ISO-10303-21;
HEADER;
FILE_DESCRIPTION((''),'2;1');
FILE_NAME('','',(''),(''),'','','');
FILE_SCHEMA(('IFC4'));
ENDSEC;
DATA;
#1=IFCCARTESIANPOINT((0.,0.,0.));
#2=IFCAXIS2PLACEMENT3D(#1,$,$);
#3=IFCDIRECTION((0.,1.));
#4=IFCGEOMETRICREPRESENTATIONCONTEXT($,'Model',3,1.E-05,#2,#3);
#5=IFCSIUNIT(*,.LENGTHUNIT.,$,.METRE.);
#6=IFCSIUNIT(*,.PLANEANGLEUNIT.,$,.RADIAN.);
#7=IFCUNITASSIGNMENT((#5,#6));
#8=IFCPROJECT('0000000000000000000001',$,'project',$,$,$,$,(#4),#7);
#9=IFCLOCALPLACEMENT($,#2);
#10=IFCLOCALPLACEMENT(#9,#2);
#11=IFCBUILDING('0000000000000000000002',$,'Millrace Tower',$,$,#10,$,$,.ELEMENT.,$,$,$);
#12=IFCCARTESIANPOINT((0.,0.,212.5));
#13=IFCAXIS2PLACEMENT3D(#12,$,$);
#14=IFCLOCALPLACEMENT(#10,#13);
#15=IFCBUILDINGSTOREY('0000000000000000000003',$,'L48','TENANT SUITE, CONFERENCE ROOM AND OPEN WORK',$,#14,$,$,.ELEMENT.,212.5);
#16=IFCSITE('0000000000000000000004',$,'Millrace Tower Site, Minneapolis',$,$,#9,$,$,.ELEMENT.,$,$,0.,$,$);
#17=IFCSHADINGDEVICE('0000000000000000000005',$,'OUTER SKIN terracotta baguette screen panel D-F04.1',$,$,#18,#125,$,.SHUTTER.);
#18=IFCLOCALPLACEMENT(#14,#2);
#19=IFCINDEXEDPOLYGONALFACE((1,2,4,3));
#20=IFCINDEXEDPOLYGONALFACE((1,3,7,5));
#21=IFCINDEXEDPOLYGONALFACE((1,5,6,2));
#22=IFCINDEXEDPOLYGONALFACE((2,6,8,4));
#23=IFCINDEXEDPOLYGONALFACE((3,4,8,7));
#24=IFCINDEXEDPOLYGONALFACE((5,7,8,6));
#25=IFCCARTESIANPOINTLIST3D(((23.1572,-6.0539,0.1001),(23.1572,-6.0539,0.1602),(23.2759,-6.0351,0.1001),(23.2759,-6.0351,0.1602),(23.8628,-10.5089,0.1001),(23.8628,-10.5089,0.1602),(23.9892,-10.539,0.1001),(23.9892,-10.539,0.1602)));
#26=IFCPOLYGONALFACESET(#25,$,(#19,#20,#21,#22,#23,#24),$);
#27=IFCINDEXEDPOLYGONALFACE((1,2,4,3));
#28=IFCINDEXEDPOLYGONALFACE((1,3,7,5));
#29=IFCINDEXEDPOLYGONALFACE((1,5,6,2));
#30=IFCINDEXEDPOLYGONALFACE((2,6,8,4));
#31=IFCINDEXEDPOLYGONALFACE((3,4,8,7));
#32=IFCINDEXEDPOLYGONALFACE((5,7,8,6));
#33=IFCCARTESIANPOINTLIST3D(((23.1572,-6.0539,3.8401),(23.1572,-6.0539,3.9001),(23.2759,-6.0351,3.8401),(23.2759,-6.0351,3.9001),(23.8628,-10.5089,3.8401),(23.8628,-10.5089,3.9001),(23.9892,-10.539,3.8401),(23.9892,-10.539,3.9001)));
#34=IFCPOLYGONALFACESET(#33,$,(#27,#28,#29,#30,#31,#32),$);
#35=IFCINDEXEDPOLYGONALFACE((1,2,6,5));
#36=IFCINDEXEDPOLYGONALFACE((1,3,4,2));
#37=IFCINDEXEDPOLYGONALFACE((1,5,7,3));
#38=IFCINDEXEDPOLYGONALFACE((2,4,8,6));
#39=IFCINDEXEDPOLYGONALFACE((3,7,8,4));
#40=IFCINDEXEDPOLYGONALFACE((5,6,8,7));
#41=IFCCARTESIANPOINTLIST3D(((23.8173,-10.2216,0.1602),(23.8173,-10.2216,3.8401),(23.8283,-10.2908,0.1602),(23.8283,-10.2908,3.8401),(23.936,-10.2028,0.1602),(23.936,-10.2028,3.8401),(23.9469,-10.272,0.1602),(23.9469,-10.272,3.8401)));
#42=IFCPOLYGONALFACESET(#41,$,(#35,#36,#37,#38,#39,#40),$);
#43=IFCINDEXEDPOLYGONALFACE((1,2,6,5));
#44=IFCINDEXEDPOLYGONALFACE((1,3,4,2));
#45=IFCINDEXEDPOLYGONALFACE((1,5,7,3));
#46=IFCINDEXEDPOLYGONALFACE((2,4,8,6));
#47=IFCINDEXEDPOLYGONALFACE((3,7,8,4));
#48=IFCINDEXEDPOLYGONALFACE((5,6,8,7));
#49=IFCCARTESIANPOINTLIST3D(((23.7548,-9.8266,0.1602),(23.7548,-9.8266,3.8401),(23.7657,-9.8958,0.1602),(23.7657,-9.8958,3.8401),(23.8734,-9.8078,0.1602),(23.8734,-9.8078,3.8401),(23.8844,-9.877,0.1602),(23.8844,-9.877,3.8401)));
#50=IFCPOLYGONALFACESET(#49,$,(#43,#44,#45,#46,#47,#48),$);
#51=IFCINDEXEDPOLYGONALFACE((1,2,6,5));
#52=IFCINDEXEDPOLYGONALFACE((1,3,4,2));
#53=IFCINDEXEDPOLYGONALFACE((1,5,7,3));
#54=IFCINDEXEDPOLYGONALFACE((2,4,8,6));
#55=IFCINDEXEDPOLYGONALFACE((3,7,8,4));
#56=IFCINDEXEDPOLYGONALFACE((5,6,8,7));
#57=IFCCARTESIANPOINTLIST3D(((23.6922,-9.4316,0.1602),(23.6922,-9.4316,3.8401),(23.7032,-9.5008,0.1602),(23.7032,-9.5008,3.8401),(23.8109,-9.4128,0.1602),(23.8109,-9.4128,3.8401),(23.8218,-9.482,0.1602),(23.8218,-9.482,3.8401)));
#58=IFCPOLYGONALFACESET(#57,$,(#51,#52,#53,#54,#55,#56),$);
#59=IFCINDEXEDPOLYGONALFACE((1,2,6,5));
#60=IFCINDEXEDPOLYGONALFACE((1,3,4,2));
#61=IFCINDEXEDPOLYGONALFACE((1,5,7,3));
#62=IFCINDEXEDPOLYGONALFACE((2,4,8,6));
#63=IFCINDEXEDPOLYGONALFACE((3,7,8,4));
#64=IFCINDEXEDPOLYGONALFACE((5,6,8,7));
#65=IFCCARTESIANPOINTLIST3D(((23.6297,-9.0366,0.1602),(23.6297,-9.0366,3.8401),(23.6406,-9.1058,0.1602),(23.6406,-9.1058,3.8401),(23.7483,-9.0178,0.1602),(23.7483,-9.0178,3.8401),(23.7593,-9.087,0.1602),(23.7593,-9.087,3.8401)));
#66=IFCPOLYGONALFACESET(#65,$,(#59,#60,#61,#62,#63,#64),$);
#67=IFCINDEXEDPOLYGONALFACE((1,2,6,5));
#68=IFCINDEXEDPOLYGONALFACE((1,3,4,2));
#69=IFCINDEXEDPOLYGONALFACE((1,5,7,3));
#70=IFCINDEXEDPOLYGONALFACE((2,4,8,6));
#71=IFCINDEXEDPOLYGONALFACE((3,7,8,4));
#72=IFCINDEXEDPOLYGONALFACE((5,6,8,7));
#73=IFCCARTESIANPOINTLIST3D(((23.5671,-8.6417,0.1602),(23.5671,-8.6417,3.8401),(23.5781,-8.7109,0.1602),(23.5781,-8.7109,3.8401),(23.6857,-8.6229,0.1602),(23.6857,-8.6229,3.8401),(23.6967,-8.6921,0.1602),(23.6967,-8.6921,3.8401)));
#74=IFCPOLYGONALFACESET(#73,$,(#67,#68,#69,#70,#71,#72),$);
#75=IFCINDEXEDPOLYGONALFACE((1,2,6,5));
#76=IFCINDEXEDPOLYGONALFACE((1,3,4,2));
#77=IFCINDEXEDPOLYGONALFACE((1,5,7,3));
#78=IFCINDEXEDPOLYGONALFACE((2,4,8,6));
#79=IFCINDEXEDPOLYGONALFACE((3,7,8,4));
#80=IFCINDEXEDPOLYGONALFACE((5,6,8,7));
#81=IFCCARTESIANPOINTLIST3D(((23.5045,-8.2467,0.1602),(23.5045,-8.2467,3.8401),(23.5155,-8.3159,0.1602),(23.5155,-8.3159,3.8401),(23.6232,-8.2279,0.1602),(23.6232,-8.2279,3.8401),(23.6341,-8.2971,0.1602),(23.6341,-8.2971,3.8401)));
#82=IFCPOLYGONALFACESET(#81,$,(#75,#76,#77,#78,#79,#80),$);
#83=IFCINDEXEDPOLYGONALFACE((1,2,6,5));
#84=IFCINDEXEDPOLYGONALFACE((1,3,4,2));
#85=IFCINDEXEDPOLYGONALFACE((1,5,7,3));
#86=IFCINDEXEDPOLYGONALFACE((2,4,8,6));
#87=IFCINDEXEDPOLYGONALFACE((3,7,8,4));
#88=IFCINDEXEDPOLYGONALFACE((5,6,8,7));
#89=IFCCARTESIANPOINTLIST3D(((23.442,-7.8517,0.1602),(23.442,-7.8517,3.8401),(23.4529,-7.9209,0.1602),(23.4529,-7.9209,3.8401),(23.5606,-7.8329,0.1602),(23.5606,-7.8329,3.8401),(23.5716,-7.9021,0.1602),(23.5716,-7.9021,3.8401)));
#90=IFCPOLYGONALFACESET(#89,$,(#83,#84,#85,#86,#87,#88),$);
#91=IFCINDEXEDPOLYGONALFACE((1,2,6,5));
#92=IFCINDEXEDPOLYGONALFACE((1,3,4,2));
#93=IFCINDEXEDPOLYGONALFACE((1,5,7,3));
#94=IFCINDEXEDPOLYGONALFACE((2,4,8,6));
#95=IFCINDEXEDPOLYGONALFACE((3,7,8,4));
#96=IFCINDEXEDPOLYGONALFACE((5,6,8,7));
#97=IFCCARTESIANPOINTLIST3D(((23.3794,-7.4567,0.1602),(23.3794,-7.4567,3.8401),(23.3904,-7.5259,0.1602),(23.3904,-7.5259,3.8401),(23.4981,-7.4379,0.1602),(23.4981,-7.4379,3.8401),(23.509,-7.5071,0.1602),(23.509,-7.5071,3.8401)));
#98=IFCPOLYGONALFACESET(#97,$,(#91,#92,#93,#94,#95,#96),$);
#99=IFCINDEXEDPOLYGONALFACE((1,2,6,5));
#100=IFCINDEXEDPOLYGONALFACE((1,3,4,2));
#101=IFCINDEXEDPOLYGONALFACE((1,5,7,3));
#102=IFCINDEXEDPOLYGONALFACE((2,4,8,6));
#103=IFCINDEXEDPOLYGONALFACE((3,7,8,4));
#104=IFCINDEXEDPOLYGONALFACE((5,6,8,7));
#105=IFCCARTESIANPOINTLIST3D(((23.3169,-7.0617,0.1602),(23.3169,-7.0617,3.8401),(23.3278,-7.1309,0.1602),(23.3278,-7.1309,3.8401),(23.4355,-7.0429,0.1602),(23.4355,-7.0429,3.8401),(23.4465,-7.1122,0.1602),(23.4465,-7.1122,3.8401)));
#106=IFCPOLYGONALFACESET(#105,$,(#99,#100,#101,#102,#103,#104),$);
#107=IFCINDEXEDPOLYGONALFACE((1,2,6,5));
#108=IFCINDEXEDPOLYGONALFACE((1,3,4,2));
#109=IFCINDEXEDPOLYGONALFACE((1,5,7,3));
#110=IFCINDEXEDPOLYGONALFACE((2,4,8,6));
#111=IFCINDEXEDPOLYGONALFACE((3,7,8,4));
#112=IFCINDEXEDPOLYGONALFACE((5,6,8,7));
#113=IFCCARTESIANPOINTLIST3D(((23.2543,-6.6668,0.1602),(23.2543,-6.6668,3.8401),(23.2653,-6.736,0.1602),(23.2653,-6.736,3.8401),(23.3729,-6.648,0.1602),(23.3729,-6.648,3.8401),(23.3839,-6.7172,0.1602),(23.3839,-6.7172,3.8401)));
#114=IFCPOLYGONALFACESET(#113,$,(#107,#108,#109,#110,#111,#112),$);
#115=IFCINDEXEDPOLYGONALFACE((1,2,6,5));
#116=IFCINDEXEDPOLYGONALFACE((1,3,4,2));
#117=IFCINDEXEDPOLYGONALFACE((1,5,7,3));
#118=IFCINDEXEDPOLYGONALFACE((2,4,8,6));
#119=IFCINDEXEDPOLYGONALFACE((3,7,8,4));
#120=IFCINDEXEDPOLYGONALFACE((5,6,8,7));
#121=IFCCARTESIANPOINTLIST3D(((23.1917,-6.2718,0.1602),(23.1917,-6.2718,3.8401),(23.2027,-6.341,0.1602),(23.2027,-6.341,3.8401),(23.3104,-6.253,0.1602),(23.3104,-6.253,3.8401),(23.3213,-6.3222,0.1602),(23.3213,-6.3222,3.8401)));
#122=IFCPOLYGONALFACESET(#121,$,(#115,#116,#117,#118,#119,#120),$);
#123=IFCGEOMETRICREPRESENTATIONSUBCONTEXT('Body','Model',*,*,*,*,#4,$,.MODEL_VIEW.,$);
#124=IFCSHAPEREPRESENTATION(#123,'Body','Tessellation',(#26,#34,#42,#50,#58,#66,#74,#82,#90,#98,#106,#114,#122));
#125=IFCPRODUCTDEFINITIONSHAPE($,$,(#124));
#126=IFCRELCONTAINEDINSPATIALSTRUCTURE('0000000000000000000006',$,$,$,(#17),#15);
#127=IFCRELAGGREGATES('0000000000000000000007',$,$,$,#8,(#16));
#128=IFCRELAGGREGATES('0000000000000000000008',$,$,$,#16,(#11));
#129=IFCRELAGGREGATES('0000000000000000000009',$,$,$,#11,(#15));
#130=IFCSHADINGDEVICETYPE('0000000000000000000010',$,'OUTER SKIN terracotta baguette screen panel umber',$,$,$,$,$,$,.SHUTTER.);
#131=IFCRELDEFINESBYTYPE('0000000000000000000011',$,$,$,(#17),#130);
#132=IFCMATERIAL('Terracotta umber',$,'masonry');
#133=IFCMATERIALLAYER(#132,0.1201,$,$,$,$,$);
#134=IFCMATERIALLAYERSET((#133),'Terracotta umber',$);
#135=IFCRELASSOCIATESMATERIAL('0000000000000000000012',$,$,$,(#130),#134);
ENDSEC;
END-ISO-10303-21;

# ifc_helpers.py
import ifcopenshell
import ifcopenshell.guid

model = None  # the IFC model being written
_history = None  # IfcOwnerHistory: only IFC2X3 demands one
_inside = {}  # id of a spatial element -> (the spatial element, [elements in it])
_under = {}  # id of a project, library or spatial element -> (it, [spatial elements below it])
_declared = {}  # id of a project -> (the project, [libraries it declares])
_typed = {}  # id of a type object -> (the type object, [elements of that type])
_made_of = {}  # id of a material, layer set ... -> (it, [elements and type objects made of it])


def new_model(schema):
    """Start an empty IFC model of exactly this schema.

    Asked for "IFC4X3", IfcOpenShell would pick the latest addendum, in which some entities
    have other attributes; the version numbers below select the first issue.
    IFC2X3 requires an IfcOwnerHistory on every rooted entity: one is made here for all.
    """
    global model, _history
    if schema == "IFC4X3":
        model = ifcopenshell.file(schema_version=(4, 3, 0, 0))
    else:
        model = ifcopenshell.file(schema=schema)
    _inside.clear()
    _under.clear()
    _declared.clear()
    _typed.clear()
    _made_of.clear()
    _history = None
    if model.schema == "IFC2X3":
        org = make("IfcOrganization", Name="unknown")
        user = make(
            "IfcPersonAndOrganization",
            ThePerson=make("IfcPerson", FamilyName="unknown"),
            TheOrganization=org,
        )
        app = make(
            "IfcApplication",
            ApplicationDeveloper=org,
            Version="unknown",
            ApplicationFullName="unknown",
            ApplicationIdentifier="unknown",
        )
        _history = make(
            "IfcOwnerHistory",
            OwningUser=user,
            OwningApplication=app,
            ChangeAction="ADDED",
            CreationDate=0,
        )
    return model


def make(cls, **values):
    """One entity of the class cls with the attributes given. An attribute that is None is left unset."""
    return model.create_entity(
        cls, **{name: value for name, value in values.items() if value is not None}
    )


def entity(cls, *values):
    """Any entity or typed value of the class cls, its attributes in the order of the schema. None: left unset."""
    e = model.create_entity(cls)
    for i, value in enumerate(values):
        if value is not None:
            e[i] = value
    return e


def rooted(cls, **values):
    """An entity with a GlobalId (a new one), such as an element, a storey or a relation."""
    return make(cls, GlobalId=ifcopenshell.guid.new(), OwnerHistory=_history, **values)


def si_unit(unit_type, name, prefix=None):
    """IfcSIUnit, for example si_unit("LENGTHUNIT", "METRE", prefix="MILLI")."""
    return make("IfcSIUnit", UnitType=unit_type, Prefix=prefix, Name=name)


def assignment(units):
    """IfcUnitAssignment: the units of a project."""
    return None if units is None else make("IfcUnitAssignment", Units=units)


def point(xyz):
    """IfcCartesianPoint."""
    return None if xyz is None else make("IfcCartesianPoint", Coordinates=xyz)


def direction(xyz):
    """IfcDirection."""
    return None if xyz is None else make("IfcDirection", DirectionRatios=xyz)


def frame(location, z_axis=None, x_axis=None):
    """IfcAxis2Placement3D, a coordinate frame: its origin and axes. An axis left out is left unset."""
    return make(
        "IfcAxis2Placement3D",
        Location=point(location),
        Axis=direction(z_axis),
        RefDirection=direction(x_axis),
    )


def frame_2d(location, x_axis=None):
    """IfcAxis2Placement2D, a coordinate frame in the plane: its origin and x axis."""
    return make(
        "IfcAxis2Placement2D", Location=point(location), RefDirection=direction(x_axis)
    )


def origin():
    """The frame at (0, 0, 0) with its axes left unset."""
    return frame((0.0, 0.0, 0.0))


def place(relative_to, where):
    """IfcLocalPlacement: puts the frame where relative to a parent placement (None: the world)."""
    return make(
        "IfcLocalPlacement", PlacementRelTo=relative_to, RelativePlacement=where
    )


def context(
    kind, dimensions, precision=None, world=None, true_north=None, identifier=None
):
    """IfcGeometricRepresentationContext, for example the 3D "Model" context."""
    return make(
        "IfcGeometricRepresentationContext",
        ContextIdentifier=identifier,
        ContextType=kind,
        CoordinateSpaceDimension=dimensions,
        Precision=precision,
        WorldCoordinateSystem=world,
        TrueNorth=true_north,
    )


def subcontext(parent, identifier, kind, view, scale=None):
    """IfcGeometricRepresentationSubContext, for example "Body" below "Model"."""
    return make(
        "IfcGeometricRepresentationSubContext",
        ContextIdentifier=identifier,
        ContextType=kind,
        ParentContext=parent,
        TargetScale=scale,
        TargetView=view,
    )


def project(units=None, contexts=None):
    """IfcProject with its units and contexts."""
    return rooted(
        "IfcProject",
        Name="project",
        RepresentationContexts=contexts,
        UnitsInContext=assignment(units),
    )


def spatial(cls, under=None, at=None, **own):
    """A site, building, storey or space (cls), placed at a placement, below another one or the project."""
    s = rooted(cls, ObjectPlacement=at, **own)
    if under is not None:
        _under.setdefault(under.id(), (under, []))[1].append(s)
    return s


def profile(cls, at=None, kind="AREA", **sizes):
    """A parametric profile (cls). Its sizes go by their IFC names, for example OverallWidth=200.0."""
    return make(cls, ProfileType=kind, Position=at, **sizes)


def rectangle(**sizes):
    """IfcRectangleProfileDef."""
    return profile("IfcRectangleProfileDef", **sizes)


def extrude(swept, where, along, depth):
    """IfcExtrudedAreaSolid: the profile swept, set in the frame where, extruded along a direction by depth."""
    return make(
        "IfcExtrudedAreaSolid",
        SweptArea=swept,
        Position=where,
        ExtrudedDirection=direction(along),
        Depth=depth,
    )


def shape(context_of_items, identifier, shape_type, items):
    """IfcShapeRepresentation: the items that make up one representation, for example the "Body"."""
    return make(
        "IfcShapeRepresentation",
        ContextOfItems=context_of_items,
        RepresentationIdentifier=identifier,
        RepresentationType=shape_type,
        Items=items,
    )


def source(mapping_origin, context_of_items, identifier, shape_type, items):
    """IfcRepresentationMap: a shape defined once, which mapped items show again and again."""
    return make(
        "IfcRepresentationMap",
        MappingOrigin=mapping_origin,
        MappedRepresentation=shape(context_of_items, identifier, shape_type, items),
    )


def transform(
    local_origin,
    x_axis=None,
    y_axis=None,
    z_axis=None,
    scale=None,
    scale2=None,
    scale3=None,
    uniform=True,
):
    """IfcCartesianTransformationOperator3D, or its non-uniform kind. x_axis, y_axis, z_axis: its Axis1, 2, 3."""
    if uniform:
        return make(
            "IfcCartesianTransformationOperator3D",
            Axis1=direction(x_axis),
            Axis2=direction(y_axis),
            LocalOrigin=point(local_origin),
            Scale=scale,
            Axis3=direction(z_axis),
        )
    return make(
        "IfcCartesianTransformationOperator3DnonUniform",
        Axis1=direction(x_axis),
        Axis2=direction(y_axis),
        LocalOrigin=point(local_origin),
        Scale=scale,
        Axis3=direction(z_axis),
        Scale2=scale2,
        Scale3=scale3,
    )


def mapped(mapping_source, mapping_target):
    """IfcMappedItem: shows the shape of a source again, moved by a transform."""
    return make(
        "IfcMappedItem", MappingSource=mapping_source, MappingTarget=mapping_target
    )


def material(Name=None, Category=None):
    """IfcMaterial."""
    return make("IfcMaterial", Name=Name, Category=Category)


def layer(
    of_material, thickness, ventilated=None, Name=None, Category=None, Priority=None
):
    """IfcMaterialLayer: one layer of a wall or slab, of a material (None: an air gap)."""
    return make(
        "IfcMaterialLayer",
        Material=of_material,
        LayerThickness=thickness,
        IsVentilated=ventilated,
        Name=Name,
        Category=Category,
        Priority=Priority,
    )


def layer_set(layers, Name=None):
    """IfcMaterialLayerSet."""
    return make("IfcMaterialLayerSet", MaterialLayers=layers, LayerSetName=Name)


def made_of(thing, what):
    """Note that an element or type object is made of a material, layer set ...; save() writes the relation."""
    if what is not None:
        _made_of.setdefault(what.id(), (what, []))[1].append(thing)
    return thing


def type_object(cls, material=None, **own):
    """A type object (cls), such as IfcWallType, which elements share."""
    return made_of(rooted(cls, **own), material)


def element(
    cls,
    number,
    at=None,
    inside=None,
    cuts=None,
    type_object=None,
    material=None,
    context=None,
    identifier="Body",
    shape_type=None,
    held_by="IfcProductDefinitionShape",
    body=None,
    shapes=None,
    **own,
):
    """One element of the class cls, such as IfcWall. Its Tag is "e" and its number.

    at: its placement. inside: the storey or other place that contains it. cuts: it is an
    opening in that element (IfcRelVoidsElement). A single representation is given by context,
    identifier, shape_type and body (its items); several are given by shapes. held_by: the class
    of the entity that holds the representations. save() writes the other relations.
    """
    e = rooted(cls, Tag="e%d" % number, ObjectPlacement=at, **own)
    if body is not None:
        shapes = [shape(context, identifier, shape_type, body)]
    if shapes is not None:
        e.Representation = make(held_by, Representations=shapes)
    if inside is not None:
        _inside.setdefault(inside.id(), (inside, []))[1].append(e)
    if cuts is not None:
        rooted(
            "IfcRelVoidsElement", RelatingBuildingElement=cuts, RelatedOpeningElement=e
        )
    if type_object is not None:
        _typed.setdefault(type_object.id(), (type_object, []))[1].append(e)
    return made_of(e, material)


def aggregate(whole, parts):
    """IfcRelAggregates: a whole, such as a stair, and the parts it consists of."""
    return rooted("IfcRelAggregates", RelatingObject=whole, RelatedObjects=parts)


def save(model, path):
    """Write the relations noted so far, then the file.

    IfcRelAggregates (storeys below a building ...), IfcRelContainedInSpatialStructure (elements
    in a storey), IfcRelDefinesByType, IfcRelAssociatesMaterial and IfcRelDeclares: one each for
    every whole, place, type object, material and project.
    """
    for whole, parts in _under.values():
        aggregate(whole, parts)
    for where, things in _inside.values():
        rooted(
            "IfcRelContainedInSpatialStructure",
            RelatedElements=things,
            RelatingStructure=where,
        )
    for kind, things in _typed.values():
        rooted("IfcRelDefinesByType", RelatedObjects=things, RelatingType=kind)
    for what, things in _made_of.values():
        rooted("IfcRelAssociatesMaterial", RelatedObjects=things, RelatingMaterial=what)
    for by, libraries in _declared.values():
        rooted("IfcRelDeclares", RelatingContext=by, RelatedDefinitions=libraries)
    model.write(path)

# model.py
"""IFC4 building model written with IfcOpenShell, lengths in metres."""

from ifc_helpers import new_model, entity, si_unit, direction, frame, frame_2d, origin, place, context, subcontext, project, spatial, rectangle, extrude, source, transform, mapped, material, layer, layer_set, type_object, element, save


model = new_model("IFC4")

# Units and contexts
model_context = context("Model", 3, precision=1e-05, world=origin(), true_north=direction((0.0, 1.0)))
body_context = subcontext(model_context, "Body", "Model", "MODEL_VIEW")
ifc_project = project(units=[si_unit("LENGTHUNIT", "METRE"), si_unit("PLANEANGLEUNIT", "RADIAN")], contexts=[model_context])

# Site, building, storey
site_placement = place(None, origin())
site = spatial("IfcSite", under=ifc_project, at=site_placement, Name="Millrace Tower Site, Minneapolis", CompositionType="ELEMENT", RefElevation=0.0)
building_placement = place(site_placement, origin())
building = spatial("IfcBuilding", under=site, at=building_placement, Name="Millrace Tower", CompositionType="ELEMENT")
storey_placement = place(building_placement, frame((0.0, 0.0, 212.5)))
storey = spatial("IfcBuildingStorey", under=building, at=storey_placement, Name="L48", Description="TENANT SUITE, CONFERENCE ROOM AND OPEN WORK", CompositionType="ELEMENT", Elevation=212.5)

# Shading device
ifc_material_1 = material(Name="Terracotta umber", Category="masonry")
ifc_layer_1 = layer(ifc_material_1, 0.1201)
ifc_layer_set_1 = layer_set([ifc_layer_1], Name="Terracotta umber")
shading_device_type = type_object("IfcShadingDeviceType", Name="OUTER SKIN terracotta baguette screen panel umber", PredefinedType="SHUTTER", material=ifc_layer_set_1)
cartesian_point_1 = entity("IfcCartesianPoint", [-2.2429, 0.0601])
shared_polyline_1 = entity("IfcPolyline", [cartesian_point_1, entity("IfcCartesianPoint", [2.2676, 0.0601]), entity("IfcCartesianPoint", [2.2676, -0.0601]), entity("IfcCartesianPoint", [-2.2925, -0.0601]), cartesian_point_1])
shared_shape_1 = source(origin(), body_context, "Body", "SweptSolid", [
    entity("IfcExtrudedAreaSolid", entity("IfcArbitraryClosedProfileDef", "AREA", None, shared_polyline_1), entity("IfcAxis2Placement3D", entity("IfcCartesianPoint", [0.0, 0.0, 0.0])), entity("IfcDirection", [0.0, 0.0, 1.0]), 0.0601),
    entity("IfcExtrudedAreaSolid", entity("IfcArbitraryClosedProfileDef", "AREA", None, shared_polyline_1), entity("IfcAxis2Placement3D", entity("IfcCartesianPoint", [0.0, 0.0, 3.74])), entity("IfcDirection", [0.0, 0.0, 1.0]), 0.0601),
    extrude(rectangle(XDim=0.0701, YDim=0.1201, at=frame_2d((-1.9871, 0.0))), frame((0.0, 0.0, 0.0601)), (0.0, 0.0, 1.0), 3.6799),
    extrude(rectangle(XDim=0.0701, YDim=0.1201, at=frame_2d((-1.5872, 0.0))), frame((0.0, 0.0, 0.0601)), (0.0, 0.0, 1.0), 3.6799),
    extrude(rectangle(XDim=0.0701, YDim=0.1201, at=frame_2d((-1.1873, 0.0))), frame((0.0, 0.0, 0.0601)), (0.0, 0.0, 1.0), 3.6799),
    extrude(rectangle(XDim=0.0701, YDim=0.1201, at=frame_2d((-0.7874, 0.0))), frame((0.0, 0.0, 0.0601)), (0.0, 0.0, 1.0), 3.6799),
    extrude(rectangle(XDim=0.0701, YDim=0.1201, at=frame_2d((-0.3875, 0.0))), frame((0.0, 0.0, 0.0601)), (0.0, 0.0, 1.0), 3.6799),
    extrude(rectangle(XDim=0.0701, YDim=0.1201, at=frame_2d((0.0125, 0.0))), frame((0.0, 0.0, 0.0601)), (0.0, 0.0, 1.0), 3.6799),
    extrude(rectangle(XDim=0.0701, YDim=0.1201, at=frame_2d((0.4124, 0.0))), frame((0.0, 0.0, 0.0601)), (0.0, 0.0, 1.0), 3.6799),
    extrude(rectangle(XDim=0.0701, YDim=0.1201, at=frame_2d((0.8123, 0.0))), frame((0.0, 0.0, 0.0601)), (0.0, 0.0, 1.0), 3.6799),
    extrude(rectangle(XDim=0.0701, YDim=0.1201, at=frame_2d((1.2122, 0.0))), frame((0.0, 0.0, 0.0601)), (0.0, 0.0, 1.0), 3.6799),
    extrude(rectangle(XDim=0.0701, YDim=0.1201, at=frame_2d((1.6121, 0.0))), frame((0.0, 0.0, 0.0601)), (0.0, 0.0, 1.0), 3.6799),
    extrude(rectangle(XDim=0.0701, YDim=0.1201, at=frame_2d((2.012, 0.0))), frame((0.0, 0.0, 0.0601)), (0.0, 0.0, 1.0), 3.6799),
])
shading_device_1_placement = place(storey_placement, frame((23.5713, -8.2842, 0.1001), z_axis=(0.0, 0.0, 1.0), x_axis=(-0.156434, 0.987688, 0.0)))
element("IfcShadingDevice", 1, at=shading_device_1_placement, inside=storey, type_object=shading_device_type, Name="OUTER SKIN terracotta baguette screen panel D-F04.1", PredefinedType="SHUTTER", context=body_context, shape_type="MappedRepresentation", body=[
    mapped(shared_shape_1, transform((0.0, 0.0, 0.0), scale=1.0)),
])

save(model, "model.ifc")
